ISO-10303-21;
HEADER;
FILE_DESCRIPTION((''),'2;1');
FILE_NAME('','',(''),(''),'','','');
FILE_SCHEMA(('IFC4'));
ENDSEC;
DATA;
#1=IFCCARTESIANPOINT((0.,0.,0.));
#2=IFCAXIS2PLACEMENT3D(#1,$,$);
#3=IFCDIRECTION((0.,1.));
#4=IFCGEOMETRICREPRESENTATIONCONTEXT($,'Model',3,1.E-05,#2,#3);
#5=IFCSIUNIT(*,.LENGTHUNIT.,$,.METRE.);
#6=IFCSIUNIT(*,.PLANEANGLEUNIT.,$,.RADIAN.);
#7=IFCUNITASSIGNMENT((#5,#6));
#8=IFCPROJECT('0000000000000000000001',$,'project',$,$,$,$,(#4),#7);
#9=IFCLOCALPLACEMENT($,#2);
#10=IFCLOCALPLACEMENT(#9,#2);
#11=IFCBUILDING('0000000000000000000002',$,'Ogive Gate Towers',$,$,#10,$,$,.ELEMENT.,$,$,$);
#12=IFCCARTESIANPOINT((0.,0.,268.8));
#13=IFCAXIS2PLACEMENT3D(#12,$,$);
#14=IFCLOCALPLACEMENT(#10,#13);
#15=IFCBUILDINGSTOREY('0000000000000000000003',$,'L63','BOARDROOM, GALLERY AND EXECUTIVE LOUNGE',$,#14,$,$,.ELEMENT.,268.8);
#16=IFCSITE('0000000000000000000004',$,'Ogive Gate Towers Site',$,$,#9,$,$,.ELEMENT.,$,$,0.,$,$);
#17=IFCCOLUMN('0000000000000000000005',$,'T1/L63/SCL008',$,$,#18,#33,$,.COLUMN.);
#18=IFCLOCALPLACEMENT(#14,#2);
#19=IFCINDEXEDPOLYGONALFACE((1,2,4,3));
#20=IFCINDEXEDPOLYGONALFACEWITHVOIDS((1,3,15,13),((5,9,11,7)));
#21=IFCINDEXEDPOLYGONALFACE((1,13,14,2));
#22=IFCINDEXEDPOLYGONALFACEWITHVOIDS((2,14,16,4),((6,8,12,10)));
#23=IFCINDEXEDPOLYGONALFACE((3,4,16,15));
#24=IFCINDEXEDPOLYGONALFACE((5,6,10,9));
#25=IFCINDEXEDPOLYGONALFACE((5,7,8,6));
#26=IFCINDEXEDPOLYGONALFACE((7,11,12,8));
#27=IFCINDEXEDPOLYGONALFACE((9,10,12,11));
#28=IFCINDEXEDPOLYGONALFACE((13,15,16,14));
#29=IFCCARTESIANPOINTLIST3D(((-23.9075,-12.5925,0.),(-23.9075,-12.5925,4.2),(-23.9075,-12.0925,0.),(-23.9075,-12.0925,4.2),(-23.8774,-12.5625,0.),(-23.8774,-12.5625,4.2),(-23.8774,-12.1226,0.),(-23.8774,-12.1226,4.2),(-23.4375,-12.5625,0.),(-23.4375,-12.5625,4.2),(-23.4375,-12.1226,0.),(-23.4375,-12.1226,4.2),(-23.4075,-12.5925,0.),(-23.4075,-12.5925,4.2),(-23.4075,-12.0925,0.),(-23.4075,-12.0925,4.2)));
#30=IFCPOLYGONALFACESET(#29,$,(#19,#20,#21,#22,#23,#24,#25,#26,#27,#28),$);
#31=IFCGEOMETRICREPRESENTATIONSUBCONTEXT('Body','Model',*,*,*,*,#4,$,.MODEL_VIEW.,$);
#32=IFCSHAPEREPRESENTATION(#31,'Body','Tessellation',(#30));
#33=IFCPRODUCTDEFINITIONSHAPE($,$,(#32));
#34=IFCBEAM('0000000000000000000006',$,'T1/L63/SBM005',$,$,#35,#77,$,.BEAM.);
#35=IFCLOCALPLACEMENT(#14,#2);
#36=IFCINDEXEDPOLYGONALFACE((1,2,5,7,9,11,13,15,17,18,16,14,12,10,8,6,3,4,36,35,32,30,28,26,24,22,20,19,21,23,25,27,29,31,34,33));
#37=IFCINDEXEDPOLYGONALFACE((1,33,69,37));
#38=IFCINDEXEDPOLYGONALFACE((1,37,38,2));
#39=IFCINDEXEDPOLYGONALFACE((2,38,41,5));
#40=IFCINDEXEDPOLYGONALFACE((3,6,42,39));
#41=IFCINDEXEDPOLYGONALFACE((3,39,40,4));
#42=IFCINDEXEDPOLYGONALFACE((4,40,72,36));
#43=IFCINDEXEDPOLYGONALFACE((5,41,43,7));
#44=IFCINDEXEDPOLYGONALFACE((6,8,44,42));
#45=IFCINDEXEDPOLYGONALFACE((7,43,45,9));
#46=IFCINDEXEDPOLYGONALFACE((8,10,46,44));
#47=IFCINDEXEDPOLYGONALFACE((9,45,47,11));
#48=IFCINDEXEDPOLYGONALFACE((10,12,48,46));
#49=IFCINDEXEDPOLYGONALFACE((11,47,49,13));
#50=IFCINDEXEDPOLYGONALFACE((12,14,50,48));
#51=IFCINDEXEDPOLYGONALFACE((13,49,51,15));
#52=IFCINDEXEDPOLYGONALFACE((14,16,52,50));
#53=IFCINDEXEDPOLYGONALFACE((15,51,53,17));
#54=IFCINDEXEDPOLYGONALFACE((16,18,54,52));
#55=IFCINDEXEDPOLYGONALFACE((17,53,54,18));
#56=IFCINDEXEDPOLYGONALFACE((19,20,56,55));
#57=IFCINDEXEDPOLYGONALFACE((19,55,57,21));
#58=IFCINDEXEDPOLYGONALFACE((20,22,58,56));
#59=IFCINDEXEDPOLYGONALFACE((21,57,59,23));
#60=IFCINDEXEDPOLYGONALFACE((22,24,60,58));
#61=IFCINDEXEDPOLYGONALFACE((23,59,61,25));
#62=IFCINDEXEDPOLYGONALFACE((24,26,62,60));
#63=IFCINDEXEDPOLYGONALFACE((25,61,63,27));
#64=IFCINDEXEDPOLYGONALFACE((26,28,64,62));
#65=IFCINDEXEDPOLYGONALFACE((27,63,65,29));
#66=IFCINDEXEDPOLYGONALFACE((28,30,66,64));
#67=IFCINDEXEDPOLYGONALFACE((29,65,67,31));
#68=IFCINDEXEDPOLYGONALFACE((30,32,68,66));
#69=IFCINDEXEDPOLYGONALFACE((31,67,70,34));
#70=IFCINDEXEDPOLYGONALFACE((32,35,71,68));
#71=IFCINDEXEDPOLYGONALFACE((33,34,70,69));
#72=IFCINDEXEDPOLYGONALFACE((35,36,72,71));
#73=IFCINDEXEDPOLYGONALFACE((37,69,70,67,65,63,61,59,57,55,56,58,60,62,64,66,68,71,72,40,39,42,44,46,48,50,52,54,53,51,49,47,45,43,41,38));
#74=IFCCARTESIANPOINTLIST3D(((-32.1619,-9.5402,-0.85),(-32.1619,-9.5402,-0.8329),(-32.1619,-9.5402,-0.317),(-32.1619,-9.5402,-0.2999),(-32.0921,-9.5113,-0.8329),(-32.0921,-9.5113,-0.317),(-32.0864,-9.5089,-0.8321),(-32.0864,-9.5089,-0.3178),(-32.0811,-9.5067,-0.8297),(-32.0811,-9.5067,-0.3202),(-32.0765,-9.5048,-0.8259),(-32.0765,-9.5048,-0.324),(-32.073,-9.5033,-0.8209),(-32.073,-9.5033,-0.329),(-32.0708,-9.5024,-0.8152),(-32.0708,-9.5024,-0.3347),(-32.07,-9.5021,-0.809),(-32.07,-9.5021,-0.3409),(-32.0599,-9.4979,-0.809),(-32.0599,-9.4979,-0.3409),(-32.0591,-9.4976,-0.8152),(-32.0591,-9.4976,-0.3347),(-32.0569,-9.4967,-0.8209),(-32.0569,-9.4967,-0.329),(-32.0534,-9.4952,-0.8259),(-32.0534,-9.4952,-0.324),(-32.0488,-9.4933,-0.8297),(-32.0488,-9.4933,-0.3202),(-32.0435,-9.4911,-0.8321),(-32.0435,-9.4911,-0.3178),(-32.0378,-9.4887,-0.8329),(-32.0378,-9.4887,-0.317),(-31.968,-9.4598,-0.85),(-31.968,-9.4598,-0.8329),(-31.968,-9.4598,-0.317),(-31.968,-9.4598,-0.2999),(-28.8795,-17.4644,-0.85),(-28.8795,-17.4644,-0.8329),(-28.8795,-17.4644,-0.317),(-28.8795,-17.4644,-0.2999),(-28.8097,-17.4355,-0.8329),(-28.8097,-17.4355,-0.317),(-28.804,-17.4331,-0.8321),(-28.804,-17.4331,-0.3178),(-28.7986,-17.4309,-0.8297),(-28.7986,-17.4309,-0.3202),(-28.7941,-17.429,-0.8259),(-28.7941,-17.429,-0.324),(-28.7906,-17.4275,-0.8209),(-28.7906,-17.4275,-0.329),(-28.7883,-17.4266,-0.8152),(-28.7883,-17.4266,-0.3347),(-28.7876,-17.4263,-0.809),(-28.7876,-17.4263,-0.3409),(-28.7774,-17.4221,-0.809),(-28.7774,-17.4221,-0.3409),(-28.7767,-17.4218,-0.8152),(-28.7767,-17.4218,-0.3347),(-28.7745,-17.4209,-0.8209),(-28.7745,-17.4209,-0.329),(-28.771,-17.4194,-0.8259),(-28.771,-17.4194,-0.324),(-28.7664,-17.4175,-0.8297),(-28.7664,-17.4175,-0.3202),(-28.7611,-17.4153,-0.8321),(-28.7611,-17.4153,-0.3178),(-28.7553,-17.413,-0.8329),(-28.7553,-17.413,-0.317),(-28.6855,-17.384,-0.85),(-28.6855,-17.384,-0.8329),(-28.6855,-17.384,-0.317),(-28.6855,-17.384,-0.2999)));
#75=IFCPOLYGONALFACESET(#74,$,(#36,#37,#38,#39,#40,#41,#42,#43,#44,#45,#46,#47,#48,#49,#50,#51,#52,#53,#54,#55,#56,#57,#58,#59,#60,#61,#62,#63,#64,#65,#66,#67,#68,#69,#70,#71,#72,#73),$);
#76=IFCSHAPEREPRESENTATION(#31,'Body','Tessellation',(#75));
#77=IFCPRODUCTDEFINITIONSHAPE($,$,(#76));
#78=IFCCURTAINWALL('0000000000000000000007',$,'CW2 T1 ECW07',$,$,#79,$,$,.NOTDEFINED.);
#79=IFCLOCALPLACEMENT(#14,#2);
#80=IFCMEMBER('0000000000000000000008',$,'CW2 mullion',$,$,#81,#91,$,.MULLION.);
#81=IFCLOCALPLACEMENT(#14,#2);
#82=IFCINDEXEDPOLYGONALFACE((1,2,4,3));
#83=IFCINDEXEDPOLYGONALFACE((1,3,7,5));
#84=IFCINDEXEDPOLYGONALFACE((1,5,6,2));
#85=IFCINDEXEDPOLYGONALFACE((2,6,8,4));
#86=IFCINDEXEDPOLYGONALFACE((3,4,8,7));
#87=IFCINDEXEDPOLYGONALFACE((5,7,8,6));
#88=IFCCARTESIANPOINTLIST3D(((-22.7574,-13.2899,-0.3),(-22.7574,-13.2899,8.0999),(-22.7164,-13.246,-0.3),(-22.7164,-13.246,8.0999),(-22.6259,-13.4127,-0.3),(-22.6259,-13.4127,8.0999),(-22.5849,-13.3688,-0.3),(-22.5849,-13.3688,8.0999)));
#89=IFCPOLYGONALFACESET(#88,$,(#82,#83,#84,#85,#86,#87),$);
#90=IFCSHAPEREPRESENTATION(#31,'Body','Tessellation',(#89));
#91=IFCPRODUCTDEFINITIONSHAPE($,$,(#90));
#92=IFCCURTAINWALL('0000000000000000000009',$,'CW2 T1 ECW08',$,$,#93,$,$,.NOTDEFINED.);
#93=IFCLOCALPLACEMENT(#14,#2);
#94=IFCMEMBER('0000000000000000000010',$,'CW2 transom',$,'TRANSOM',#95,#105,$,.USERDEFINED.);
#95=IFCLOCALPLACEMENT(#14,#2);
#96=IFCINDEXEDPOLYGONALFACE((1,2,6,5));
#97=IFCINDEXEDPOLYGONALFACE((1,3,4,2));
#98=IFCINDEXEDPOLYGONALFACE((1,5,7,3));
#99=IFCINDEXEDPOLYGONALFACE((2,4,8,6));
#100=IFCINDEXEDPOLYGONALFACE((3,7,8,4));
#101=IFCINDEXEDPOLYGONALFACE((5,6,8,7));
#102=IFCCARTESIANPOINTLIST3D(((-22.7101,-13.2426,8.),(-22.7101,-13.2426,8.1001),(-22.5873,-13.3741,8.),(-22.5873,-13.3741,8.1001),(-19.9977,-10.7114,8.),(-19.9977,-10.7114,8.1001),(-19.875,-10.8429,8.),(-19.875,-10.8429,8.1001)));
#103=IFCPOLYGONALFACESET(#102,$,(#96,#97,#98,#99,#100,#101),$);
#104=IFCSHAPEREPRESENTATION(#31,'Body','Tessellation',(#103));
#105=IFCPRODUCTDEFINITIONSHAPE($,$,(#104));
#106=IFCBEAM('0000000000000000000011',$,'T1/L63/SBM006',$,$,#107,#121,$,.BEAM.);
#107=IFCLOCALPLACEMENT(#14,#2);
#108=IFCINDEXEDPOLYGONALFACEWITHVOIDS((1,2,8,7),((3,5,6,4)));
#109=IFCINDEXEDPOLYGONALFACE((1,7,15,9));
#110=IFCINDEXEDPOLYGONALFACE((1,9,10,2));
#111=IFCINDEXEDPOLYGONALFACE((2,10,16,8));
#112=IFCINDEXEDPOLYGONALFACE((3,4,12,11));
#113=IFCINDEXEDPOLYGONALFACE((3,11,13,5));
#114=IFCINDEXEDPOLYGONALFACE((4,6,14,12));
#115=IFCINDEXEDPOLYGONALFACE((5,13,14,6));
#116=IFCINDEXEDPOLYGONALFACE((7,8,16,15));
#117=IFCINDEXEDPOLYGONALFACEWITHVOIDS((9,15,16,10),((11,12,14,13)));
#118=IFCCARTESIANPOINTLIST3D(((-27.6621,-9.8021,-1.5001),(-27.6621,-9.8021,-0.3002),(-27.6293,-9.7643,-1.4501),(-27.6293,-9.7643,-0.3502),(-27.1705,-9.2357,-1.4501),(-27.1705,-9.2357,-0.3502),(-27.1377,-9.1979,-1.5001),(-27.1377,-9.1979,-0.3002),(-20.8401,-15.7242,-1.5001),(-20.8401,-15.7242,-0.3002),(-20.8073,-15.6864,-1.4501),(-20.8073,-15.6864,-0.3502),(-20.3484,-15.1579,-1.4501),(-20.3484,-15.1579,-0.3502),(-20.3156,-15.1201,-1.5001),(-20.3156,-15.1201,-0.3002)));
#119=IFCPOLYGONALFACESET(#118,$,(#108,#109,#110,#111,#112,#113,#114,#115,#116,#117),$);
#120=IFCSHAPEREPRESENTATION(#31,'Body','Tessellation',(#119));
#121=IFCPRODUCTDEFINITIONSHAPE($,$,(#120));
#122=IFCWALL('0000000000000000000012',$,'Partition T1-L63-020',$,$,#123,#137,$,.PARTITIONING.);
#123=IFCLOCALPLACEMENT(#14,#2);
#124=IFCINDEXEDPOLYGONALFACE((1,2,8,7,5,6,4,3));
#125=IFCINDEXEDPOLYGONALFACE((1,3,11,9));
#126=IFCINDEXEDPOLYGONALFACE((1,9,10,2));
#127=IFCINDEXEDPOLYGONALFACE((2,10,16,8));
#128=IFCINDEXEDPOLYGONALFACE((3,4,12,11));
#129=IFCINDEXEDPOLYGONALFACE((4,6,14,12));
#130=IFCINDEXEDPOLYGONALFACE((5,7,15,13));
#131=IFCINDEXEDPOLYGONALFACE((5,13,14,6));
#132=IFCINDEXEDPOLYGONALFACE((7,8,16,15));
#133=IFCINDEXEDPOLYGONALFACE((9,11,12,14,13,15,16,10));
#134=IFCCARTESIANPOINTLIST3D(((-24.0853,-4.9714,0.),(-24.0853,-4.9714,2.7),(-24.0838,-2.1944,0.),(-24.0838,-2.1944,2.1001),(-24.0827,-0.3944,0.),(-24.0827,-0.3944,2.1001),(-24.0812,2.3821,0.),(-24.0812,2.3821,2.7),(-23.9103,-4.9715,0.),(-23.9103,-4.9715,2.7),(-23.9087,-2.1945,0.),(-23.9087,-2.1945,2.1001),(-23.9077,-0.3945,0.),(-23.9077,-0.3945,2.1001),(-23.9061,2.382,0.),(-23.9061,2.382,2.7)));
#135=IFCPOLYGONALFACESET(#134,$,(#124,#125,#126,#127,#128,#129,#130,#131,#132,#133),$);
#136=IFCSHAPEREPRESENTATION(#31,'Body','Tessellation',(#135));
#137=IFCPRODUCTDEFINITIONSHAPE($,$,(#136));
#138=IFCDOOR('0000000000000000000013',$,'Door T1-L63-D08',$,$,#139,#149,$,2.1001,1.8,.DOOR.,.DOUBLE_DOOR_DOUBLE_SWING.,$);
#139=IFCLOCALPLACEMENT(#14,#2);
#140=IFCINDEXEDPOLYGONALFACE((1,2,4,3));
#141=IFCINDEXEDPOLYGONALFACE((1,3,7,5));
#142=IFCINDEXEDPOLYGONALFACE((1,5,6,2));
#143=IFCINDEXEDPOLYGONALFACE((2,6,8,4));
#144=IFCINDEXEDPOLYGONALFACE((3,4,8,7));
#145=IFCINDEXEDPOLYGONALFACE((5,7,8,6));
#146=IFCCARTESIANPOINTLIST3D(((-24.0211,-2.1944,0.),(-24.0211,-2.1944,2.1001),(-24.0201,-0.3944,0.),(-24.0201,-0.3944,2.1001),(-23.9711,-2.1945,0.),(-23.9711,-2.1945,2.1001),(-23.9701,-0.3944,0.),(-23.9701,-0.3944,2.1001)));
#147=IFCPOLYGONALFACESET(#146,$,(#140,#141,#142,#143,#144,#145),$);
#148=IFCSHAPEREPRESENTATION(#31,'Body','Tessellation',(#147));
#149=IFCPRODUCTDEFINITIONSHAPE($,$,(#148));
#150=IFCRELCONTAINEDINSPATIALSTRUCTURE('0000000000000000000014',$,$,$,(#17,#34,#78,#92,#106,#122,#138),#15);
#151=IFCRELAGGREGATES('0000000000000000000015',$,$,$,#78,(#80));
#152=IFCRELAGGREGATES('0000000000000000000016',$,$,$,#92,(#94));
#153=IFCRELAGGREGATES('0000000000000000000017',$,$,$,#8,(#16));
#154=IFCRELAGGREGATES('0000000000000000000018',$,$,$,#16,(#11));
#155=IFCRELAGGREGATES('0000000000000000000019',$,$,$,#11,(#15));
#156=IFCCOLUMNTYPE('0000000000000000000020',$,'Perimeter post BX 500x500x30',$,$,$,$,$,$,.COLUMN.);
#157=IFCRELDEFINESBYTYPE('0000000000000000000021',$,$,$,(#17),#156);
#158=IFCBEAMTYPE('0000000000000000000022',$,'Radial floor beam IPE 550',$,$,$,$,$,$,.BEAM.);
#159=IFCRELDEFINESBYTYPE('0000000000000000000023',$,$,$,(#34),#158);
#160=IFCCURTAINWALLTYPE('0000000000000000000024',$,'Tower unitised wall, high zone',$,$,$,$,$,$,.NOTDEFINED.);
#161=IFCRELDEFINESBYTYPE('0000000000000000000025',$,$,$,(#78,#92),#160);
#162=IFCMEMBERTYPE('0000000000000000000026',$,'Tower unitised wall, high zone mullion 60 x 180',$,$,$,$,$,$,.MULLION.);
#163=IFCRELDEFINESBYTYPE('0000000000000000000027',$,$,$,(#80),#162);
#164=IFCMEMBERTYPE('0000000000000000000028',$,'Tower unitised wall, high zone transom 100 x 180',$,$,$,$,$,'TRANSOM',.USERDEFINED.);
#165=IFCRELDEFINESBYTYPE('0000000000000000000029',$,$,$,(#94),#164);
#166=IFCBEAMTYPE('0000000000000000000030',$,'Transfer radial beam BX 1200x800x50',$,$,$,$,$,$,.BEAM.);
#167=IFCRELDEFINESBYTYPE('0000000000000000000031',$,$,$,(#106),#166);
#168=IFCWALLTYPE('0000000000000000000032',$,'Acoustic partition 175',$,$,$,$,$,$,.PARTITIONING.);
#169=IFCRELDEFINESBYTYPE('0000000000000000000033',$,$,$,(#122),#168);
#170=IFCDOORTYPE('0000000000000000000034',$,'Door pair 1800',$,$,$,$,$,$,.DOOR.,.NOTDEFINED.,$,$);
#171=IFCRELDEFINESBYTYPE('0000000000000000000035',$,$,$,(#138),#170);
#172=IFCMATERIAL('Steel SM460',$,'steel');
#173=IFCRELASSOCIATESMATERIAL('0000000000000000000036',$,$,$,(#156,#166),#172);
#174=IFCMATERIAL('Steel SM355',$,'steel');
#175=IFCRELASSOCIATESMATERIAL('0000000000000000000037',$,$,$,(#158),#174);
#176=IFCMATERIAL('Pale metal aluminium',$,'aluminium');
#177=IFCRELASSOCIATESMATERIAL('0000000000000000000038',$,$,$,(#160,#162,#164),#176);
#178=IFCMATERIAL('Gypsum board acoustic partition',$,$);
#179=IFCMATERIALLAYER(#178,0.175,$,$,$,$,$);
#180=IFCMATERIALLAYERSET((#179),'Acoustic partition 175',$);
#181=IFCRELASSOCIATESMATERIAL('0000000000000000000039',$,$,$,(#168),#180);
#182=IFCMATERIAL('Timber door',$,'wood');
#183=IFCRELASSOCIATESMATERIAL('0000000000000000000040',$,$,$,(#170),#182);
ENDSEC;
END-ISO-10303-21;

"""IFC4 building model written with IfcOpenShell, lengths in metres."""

from ifc_helpers import new_model, si_unit, direction, frame, frame_2d, origin, origin_2d, place, context, subcontext, project, spatial, rectangle, hollow_rectangle, i_section, extrude, material, layer, layer_set, material_profile, profile_set, type_object, element, fill, aggregate, save


model = new_model("IFC4")

# Units and contexts
model_context = context("Model", 3, precision=1e-05, world=origin(), true_north=direction((0.0, 1.0)))
body_context = subcontext(model_context, "Body", "Model", "MODEL_VIEW")
ifc_project = project(units=[si_unit("LENGTHUNIT", "METRE"), si_unit("PLANEANGLEUNIT", "RADIAN")], contexts=[model_context])

# Site, building, storey
site_placement = place(None, origin())
site = spatial("IfcSite", under=ifc_project, at=site_placement, Name="Ogive Gate Towers Site", CompositionType="ELEMENT", RefElevation=0.0)
building_placement = place(site_placement, origin())
building = spatial("IfcBuilding", under=site, at=building_placement, Name="Ogive Gate Towers", CompositionType="ELEMENT")
storey_placement = place(building_placement, frame((0.0, 0.0, 268.8)))
storey = spatial("IfcBuildingStorey", under=building, at=storey_placement, Name="L63", Description="BOARDROOM, GALLERY AND EXECUTIVE LOUNGE", CompositionType="ELEMENT", Elevation=268.8)

# Column
ifc_material_1 = material(Name="Steel SM460", Category="steel")
ifc_material_profile_1 = material_profile(ifc_material_1, hollow_rectangle(XDim=0.5, YDim=0.5, WallThickness=0.03, at=origin_2d()), Name="BX 500x500x30")
ifc_profile_set_1 = profile_set([ifc_material_profile_1], Name="Steel SM460")
column_type = type_object("IfcColumnType", Name="Perimeter post BX 500x500x30", PredefinedType="COLUMN", material=ifc_profile_set_1)
column_placement = place(storey_placement, frame((-23.6575, -12.3425, 0.0), z_axis=(0.0, 0.0, 1.0), x_axis=(1.0, 0.0, 0.0)))
element("IfcColumn", 1, at=column_placement, inside=storey, type_object=column_type, Name="T1/L63/SCL008", PredefinedType="COLUMN", context=body_context, shape_type="SweptSolid", body=[
    extrude(hollow_rectangle(XDim=0.5, YDim=0.5, WallThickness=0.03, at=origin_2d()), origin(), (0.0, 0.0, 1.0), 4.2),
])

# Beam
ifc_material_2 = material(Name="Steel SM355", Category="steel")
ifc_material_profile_2 = material_profile(ifc_material_2, i_section(OverallWidth=0.21, OverallDepth=0.55, WebThickness=0.011, FlangeThickness=0.0171, FilletRadius=0.0239, at=origin_2d()), Name="IPE 550")
ifc_profile_set_2 = profile_set([ifc_material_profile_2], Name="Steel SM355")
beam_type_1 = type_object("IfcBeamType", Name="Radial floor beam IPE 550", PredefinedType="BEAM", material=ifc_profile_set_2)
beam_1_placement = place(storey_placement, frame((-32.0649, -9.5, -0.575), z_axis=(0.382695, -0.923875, 0.0), x_axis=(0.923875, 0.382695, 0.0)))
element("IfcBeam", 2, at=beam_1_placement, inside=storey, type_object=beam_type_1, Name="T1/L63/SBM005", PredefinedType="BEAM", context=body_context, shape_type="SweptSolid", body=[
    extrude(i_section(OverallWidth=0.21, OverallDepth=0.55, WebThickness=0.011, FlangeThickness=0.0171, FilletRadius=0.0239, at=origin_2d()), origin(), (0.0, 0.0, 1.0), 8.5771),
])

# Curtain walls, members
ifc_material_3 = material(Name="Pale metal aluminium", Category="aluminium")
curtain_wall_type = type_object("IfcCurtainWallType", Name="Tower unitised wall, high zone", PredefinedType="NOTDEFINED", material=ifc_material_3)
curtain_wall_1_placement = place(storey_placement, origin())
curtain_wall_1 = element("IfcCurtainWall", 3, at=curtain_wall_1_placement, inside=storey, type_object=curtain_wall_type, Name="CW2 T1 ECW07", PredefinedType="NOTDEFINED")
ifc_material_profile_3 = material_profile(ifc_material_3, rectangle(XDim=0.1799, YDim=0.0601, at=origin_2d()), Name="60 x 180 aluminium box")
ifc_profile_set_3 = profile_set([ifc_material_profile_3], Name="Pale metal aluminium")
member_type_1 = type_object("IfcMemberType", Name="Tower unitised wall, high zone mullion 60 x 180", PredefinedType="MULLION", material=ifc_profile_set_3)
member_1_placement = place(storey_placement, frame((-22.6711, -13.3293, -0.3), z_axis=(0.0, 0.0, 1.0), x_axis=(0.731116, -0.682254, 0.0)))
member_1 = element("IfcMember", 4, at=member_1_placement, type_object=member_type_1, Name="CW2 mullion", PredefinedType="MULLION", context=body_context, shape_type="SweptSolid", body=[
    extrude(rectangle(XDim=0.1799, YDim=0.0601, at=origin_2d()), origin(), (0.0, 0.0, 1.0), 8.3999),
])
aggregate(curtain_wall_1, [member_1])
curtain_wall_2_placement = place(storey_placement, origin())
curtain_wall_2 = element("IfcCurtainWall", 5, at=curtain_wall_2_placement, inside=storey, type_object=curtain_wall_type, Name="CW2 T1 ECW08", PredefinedType="NOTDEFINED")
ifc_material_profile_4 = material_profile(ifc_material_3, rectangle(XDim=0.1799, YDim=0.1001, at=origin_2d()), Name="100 x 180 aluminium box")
ifc_profile_set_4 = profile_set([ifc_material_profile_4], Name="Pale metal aluminium")
member_type_2 = type_object("IfcMemberType", Name="Tower unitised wall, high zone transom 100 x 180", ElementType="TRANSOM", PredefinedType="USERDEFINED", material=ifc_profile_set_4)
member_2_placement = place(storey_placement, frame((-22.6487, -13.3083, 8.05), z_axis=(0.731099, 0.682271, 0.0), x_axis=(-0.682271, 0.731099, 0.0)))
member_2 = element("IfcMember", 6, at=member_2_placement, type_object=member_type_2, Name="CW2 transom", ObjectType="TRANSOM", PredefinedType="USERDEFINED", context=body_context, shape_type="SweptSolid", body=[
    extrude(rectangle(XDim=0.1799, YDim=0.1001, at=origin_2d()), origin(), (0.0, 0.0, 1.0), 3.71),
])
aggregate(curtain_wall_2, [member_2])

# Beam
ifc_material_profile_5 = material_profile(ifc_material_1, hollow_rectangle(XDim=0.8, YDim=1.2, WallThickness=0.05, at=origin_2d()), Name="BX 1200x800x50")
ifc_profile_set_5 = profile_set([ifc_material_profile_5], Name="Steel SM460")
beam_type_2 = type_object("IfcBeamType", Name="Transfer radial beam BX 1200x800x50", PredefinedType="BEAM", material=ifc_profile_set_5)
beam_2_placement = place(storey_placement, frame((-27.3999, -9.5, -0.9001), z_axis=(0.755157, -0.655544, 0.0), x_axis=(0.655544, 0.755157, 0.0)))
element("IfcBeam", 7, at=beam_2_placement, inside=storey, type_object=beam_type_2, Name="T1/L63/SBM006", PredefinedType="BEAM", context=body_context, shape_type="SweptSolid", body=[
    extrude(hollow_rectangle(XDim=0.8, YDim=1.2, WallThickness=0.05, at=origin_2d()), origin(), (0.0, 0.0, 1.0), 9.0339),
])

# Wall, opening, door
ifc_material_4 = material(Name="Gypsum board acoustic partition")
ifc_layer_1 = layer(ifc_material_4, 0.175)
ifc_layer_set_1 = layer_set([ifc_layer_1], Name="Acoustic partition 175")
wall_type_1 = type_object("IfcWallType", Name="Acoustic partition 175", PredefinedType="PARTITIONING", material=ifc_layer_set_1)
wall_1_placement = place(storey_placement, frame((-23.9978, -4.9714, 0.0), z_axis=(0.0, 0.0, 1.0), x_axis=(0.000564, 1.0, 0.0)))
wall_1 = element("IfcWall", 8, at=wall_1_placement, inside=storey, type_object=wall_type_1, Name="Partition T1-L63-020", PredefinedType="PARTITIONING", context=body_context, shape_type="SweptSolid", body=[
    extrude(rectangle(XDim=7.3535, YDim=0.175, at=frame_2d((3.6768, 0.0))), origin(), (0.0, 0.0, 1.0), 2.7),
])
opening_1_placement = place(wall_1_placement, frame((2.7771, 0.0, 0.0)))
opening_1 = element("IfcOpeningElement", 9, at=opening_1_placement, cuts=wall_1, PredefinedType="OPENING", context=body_context, shape_type="SweptSolid", body=[
    extrude(rectangle(XDim=1.8, YDim=2.1001, at=frame_2d((0.8999, 1.05))), frame((0.0, 0.0977, 0.0), z_axis=(0.0, -1.0, 0.0), x_axis=(1.0, 0.0, 0.0)), (0.0, 0.0, 1.0), 0.1951),
])
ifc_material_5 = material(Name="Timber door", Category="wood")
door_type_1 = type_object("IfcDoorType", Name="Door pair 1800", OperationType="NOTDEFINED", PredefinedType="DOOR", material=ifc_material_5)
door_1_placement = place(opening_1_placement, origin())
door_1 = element("IfcDoor", 10, at=door_1_placement, inside=storey, type_object=door_type_1, Name="Door T1-L63-D08", OperationType="DOUBLE_DOOR_DOUBLE_SWING", OverallHeight=2.1001, OverallWidth=1.8, PredefinedType="DOOR", context=body_context, shape_type="SweptSolid", body=[
    extrude(rectangle(XDim=1.8, YDim=2.1001, at=frame_2d((0.8999, 1.05))), frame((0.0, 0.0249, 0.0), z_axis=(0.0, -1.0, 0.0), x_axis=(1.0, 0.0, 0.0)), (0.0, 0.0, 1.0), 0.05),
])
fill(opening_1, door_1)

save(model, "model.ifc")
